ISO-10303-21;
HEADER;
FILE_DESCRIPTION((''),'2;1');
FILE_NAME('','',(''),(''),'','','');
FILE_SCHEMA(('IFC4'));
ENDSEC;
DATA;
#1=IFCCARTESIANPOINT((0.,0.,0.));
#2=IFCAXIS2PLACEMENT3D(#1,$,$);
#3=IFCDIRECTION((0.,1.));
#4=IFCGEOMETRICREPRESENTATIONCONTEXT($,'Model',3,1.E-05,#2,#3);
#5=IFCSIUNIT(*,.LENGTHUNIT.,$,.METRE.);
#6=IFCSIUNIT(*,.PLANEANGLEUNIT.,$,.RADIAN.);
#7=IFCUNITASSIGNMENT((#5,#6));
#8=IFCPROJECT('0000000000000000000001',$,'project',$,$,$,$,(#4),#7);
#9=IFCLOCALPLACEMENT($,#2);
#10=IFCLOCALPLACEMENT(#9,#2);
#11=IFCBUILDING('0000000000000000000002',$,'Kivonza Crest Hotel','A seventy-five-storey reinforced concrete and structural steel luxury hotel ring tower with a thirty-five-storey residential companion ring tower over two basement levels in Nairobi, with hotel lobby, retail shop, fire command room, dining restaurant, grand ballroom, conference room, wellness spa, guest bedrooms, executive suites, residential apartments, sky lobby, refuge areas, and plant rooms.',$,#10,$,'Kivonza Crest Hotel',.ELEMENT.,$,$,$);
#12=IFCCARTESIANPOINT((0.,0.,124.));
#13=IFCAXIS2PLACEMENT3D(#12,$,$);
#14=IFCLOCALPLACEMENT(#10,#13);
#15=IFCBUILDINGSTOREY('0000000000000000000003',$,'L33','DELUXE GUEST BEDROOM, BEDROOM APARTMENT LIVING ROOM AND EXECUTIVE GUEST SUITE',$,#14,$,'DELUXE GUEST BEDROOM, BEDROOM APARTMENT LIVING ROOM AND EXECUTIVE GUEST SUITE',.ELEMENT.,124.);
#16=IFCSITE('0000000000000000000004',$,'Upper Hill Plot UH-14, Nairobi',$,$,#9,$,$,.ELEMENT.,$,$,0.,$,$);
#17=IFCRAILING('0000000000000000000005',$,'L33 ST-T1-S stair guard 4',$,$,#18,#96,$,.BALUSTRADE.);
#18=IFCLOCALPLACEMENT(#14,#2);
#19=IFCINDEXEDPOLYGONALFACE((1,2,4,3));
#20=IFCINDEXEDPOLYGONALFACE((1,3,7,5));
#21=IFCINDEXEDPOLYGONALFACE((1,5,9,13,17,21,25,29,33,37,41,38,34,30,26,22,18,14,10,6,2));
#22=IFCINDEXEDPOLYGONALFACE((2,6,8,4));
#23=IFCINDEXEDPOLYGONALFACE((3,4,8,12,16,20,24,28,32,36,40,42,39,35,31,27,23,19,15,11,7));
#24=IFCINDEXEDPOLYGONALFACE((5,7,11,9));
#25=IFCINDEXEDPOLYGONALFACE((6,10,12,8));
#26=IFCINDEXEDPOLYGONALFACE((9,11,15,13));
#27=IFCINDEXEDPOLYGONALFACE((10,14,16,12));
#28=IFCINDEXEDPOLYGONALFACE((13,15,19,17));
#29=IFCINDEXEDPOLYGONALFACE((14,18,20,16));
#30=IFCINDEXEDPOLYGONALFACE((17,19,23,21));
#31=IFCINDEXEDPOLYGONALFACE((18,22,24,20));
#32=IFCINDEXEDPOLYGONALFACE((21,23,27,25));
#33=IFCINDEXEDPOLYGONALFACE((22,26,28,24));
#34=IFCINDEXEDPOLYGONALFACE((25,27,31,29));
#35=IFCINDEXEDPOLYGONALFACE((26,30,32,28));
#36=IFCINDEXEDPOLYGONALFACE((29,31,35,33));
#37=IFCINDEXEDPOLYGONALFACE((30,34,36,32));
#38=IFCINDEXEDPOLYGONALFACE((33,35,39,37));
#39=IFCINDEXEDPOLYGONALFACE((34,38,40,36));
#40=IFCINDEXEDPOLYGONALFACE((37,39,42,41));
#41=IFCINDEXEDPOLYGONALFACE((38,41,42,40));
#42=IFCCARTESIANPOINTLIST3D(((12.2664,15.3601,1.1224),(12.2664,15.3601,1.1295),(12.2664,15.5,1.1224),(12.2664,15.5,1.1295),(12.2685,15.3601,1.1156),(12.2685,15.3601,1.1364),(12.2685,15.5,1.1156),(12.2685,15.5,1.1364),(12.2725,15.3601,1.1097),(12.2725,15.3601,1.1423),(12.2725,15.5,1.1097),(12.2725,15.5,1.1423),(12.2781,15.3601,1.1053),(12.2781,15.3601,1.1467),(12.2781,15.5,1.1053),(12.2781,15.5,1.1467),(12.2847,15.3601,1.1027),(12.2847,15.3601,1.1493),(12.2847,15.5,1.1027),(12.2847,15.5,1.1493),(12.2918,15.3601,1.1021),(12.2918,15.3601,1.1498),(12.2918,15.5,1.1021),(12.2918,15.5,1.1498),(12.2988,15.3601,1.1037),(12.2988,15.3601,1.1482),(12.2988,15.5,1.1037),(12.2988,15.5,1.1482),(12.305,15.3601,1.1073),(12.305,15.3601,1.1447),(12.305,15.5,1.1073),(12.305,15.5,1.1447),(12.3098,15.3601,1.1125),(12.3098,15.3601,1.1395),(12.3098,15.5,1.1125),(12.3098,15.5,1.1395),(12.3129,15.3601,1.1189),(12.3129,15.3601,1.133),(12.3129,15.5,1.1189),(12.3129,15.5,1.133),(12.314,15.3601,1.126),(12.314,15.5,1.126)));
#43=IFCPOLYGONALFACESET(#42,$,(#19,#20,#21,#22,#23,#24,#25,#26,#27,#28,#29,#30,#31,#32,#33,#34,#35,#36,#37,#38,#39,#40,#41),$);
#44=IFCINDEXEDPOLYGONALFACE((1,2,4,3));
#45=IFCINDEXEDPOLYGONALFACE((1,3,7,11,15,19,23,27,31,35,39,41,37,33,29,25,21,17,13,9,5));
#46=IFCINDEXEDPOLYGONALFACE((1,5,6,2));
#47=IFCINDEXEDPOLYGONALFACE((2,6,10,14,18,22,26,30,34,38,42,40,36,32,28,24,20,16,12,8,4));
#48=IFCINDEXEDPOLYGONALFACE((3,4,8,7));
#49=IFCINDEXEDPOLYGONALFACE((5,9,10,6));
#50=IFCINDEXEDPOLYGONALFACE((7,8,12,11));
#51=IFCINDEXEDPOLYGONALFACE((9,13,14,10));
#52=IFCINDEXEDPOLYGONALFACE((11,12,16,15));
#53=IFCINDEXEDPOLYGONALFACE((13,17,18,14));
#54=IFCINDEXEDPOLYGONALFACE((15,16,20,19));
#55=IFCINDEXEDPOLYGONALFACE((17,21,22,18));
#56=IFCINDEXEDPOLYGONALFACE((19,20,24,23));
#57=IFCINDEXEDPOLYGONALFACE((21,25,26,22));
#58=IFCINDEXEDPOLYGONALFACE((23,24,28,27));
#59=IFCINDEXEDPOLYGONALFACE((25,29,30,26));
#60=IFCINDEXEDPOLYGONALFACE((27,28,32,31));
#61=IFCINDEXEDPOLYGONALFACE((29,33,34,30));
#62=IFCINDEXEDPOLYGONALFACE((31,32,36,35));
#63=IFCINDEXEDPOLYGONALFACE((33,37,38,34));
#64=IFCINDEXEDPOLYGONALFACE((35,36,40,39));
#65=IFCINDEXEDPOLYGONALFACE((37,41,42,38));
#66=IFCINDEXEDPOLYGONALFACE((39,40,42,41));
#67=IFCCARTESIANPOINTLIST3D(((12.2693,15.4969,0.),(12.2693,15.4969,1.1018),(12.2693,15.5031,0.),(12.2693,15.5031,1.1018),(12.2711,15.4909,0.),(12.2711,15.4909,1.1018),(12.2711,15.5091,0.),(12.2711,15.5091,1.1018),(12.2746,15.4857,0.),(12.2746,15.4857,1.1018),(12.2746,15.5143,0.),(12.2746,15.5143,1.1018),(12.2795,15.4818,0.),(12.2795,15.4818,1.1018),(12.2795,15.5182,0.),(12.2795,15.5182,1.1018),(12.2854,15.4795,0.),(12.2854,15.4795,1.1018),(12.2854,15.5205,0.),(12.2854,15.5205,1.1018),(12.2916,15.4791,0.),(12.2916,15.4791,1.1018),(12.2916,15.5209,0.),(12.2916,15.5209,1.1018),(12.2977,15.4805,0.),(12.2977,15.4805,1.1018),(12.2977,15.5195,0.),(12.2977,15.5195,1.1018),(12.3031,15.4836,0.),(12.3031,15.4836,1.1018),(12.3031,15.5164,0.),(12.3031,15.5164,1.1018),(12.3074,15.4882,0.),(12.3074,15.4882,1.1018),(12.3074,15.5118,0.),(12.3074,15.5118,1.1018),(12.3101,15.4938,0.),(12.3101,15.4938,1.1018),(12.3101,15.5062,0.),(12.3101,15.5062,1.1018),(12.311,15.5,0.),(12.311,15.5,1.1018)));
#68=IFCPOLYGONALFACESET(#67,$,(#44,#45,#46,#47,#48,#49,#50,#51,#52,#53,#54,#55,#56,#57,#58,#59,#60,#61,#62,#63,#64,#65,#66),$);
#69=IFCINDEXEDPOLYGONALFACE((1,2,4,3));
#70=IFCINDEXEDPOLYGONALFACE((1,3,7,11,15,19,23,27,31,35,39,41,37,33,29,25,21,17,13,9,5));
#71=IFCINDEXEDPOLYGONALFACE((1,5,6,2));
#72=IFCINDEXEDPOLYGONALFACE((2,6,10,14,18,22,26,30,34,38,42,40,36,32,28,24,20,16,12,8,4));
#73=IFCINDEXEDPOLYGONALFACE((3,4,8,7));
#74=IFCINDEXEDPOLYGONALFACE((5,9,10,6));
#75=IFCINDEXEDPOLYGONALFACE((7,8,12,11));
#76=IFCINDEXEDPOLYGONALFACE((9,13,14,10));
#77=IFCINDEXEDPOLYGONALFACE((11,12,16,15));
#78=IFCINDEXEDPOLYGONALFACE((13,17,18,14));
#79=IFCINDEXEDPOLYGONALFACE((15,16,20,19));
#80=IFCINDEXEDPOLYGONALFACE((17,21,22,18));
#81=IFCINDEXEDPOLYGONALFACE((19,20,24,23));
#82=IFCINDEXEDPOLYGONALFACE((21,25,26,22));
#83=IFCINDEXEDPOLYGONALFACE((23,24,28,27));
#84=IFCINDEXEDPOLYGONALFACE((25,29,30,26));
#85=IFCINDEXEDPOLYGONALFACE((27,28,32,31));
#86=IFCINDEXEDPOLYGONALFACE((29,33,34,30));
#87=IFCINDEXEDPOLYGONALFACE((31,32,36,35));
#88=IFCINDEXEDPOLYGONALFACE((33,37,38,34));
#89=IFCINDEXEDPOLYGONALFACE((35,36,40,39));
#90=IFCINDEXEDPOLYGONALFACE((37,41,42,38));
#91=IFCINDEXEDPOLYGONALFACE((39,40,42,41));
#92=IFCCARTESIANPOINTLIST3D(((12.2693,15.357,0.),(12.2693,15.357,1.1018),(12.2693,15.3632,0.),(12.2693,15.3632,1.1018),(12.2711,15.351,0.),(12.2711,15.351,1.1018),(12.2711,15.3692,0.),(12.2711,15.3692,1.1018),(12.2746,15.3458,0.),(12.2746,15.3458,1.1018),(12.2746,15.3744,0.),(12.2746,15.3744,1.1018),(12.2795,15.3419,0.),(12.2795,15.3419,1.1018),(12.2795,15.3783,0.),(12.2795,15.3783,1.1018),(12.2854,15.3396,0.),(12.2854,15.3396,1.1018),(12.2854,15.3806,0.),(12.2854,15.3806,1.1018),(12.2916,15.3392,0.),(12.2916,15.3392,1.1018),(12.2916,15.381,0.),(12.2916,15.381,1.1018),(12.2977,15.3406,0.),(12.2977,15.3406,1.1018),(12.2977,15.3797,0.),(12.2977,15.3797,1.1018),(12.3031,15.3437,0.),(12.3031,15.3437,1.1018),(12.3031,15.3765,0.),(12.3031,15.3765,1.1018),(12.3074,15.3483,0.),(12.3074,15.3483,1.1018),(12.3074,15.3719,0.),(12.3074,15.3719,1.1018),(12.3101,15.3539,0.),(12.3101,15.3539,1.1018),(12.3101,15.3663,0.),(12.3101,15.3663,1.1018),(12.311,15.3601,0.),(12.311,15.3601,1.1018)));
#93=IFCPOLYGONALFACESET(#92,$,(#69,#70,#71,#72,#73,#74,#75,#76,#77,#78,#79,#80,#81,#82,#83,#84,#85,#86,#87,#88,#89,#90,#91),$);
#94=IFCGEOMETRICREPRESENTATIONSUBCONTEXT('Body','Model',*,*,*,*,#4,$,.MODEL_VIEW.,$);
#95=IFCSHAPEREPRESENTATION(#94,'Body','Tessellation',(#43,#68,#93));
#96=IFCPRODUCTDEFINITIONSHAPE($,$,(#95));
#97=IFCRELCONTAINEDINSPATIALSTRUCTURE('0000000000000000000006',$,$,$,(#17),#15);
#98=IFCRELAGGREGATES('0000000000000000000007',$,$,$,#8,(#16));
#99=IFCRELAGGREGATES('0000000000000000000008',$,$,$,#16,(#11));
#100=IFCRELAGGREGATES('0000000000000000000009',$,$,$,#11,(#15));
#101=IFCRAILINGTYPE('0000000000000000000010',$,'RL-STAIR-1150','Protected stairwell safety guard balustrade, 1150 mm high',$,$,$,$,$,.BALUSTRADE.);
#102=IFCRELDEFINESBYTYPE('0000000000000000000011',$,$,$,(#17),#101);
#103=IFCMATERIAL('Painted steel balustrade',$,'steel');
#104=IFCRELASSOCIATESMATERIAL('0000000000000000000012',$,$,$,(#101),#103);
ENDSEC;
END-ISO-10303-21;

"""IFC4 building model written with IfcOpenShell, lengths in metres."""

from ifc_helpers import new_model, si_unit, direction, frame, origin, origin_2d, place, context, subcontext, project, spatial, circle, extrude, material, type_object, element, save


model = new_model("IFC4")

# Units and contexts
model_context = context("Model", 3, precision=1e-05, world=origin(), true_north=direction((0.0, 1.0)))
body_context = subcontext(model_context, "Body", "Model", "MODEL_VIEW")
ifc_project = project(units=[si_unit("LENGTHUNIT", "METRE"), si_unit("PLANEANGLEUNIT", "RADIAN")], contexts=[model_context])

# Site, building, storey
site_placement = place(None, origin())
site = spatial("IfcSite", under=ifc_project, at=site_placement, Name="Upper Hill Plot UH-14, Nairobi", CompositionType="ELEMENT", RefElevation=0.0)
building_placement = place(site_placement, origin())
building = spatial("IfcBuilding", under=site, at=building_placement, Name="Kivonza Crest Hotel", Description="A seventy-five-storey reinforced concrete and structural steel luxury hotel ring tower with a thirty-five-storey residential companion ring tower over two basement levels in Nairobi, with hotel lobby, retail shop, fire command room, dining restaurant, grand ballroom, conference room, wellness spa, guest bedrooms, executive suites, residential apartments, sky lobby, refuge areas, and plant rooms.", LongName="Kivonza Crest Hotel", CompositionType="ELEMENT")
storey_placement = place(building_placement, frame((0.0, 0.0, 124.0)))
storey = spatial("IfcBuildingStorey", under=building, at=storey_placement, Name="L33", Description="DELUXE GUEST BEDROOM, BEDROOM APARTMENT LIVING ROOM AND EXECUTIVE GUEST SUITE", LongName="DELUXE GUEST BEDROOM, BEDROOM APARTMENT LIVING ROOM AND EXECUTIVE GUEST SUITE", CompositionType="ELEMENT", Elevation=124.0)

# Railing
ifc_material_1 = material(Name="Painted steel balustrade", Category="steel")
railing_type_1 = type_object("IfcRailingType", Name="RL-STAIR-1150", Description="Protected stairwell safety guard balustrade, 1150 mm high", PredefinedType="BALUSTRADE", material=ifc_material_1)
railing_1_placement = place(storey_placement, frame((12.29, 15.5, 0.0)))
element("IfcRailing", 1, at=railing_1_placement, inside=storey, type_object=railing_type_1, Name="L33 ST-T1-S stair guard 4", PredefinedType="BALUSTRADE", context=body_context, shape_type="SweptSolid", body=[
    extrude(circle(Radius=0.0239, at=origin_2d()), frame((0.0, 0.0, 1.126), z_axis=(0.0, -1.0, 0.0), x_axis=(1.0, 0.0, 0.0)), (0.0, 0.0, 1.0), 0.1399),
    extrude(circle(Radius=0.021, at=origin_2d()), origin(), (0.0, 0.0, 1.0), 1.1018),
    extrude(circle(Radius=0.021, at=origin_2d()), frame((0.0, -0.1399, 0.0)), (0.0, 0.0, 1.0), 1.1018),
])

save(model, "model.ifc")
